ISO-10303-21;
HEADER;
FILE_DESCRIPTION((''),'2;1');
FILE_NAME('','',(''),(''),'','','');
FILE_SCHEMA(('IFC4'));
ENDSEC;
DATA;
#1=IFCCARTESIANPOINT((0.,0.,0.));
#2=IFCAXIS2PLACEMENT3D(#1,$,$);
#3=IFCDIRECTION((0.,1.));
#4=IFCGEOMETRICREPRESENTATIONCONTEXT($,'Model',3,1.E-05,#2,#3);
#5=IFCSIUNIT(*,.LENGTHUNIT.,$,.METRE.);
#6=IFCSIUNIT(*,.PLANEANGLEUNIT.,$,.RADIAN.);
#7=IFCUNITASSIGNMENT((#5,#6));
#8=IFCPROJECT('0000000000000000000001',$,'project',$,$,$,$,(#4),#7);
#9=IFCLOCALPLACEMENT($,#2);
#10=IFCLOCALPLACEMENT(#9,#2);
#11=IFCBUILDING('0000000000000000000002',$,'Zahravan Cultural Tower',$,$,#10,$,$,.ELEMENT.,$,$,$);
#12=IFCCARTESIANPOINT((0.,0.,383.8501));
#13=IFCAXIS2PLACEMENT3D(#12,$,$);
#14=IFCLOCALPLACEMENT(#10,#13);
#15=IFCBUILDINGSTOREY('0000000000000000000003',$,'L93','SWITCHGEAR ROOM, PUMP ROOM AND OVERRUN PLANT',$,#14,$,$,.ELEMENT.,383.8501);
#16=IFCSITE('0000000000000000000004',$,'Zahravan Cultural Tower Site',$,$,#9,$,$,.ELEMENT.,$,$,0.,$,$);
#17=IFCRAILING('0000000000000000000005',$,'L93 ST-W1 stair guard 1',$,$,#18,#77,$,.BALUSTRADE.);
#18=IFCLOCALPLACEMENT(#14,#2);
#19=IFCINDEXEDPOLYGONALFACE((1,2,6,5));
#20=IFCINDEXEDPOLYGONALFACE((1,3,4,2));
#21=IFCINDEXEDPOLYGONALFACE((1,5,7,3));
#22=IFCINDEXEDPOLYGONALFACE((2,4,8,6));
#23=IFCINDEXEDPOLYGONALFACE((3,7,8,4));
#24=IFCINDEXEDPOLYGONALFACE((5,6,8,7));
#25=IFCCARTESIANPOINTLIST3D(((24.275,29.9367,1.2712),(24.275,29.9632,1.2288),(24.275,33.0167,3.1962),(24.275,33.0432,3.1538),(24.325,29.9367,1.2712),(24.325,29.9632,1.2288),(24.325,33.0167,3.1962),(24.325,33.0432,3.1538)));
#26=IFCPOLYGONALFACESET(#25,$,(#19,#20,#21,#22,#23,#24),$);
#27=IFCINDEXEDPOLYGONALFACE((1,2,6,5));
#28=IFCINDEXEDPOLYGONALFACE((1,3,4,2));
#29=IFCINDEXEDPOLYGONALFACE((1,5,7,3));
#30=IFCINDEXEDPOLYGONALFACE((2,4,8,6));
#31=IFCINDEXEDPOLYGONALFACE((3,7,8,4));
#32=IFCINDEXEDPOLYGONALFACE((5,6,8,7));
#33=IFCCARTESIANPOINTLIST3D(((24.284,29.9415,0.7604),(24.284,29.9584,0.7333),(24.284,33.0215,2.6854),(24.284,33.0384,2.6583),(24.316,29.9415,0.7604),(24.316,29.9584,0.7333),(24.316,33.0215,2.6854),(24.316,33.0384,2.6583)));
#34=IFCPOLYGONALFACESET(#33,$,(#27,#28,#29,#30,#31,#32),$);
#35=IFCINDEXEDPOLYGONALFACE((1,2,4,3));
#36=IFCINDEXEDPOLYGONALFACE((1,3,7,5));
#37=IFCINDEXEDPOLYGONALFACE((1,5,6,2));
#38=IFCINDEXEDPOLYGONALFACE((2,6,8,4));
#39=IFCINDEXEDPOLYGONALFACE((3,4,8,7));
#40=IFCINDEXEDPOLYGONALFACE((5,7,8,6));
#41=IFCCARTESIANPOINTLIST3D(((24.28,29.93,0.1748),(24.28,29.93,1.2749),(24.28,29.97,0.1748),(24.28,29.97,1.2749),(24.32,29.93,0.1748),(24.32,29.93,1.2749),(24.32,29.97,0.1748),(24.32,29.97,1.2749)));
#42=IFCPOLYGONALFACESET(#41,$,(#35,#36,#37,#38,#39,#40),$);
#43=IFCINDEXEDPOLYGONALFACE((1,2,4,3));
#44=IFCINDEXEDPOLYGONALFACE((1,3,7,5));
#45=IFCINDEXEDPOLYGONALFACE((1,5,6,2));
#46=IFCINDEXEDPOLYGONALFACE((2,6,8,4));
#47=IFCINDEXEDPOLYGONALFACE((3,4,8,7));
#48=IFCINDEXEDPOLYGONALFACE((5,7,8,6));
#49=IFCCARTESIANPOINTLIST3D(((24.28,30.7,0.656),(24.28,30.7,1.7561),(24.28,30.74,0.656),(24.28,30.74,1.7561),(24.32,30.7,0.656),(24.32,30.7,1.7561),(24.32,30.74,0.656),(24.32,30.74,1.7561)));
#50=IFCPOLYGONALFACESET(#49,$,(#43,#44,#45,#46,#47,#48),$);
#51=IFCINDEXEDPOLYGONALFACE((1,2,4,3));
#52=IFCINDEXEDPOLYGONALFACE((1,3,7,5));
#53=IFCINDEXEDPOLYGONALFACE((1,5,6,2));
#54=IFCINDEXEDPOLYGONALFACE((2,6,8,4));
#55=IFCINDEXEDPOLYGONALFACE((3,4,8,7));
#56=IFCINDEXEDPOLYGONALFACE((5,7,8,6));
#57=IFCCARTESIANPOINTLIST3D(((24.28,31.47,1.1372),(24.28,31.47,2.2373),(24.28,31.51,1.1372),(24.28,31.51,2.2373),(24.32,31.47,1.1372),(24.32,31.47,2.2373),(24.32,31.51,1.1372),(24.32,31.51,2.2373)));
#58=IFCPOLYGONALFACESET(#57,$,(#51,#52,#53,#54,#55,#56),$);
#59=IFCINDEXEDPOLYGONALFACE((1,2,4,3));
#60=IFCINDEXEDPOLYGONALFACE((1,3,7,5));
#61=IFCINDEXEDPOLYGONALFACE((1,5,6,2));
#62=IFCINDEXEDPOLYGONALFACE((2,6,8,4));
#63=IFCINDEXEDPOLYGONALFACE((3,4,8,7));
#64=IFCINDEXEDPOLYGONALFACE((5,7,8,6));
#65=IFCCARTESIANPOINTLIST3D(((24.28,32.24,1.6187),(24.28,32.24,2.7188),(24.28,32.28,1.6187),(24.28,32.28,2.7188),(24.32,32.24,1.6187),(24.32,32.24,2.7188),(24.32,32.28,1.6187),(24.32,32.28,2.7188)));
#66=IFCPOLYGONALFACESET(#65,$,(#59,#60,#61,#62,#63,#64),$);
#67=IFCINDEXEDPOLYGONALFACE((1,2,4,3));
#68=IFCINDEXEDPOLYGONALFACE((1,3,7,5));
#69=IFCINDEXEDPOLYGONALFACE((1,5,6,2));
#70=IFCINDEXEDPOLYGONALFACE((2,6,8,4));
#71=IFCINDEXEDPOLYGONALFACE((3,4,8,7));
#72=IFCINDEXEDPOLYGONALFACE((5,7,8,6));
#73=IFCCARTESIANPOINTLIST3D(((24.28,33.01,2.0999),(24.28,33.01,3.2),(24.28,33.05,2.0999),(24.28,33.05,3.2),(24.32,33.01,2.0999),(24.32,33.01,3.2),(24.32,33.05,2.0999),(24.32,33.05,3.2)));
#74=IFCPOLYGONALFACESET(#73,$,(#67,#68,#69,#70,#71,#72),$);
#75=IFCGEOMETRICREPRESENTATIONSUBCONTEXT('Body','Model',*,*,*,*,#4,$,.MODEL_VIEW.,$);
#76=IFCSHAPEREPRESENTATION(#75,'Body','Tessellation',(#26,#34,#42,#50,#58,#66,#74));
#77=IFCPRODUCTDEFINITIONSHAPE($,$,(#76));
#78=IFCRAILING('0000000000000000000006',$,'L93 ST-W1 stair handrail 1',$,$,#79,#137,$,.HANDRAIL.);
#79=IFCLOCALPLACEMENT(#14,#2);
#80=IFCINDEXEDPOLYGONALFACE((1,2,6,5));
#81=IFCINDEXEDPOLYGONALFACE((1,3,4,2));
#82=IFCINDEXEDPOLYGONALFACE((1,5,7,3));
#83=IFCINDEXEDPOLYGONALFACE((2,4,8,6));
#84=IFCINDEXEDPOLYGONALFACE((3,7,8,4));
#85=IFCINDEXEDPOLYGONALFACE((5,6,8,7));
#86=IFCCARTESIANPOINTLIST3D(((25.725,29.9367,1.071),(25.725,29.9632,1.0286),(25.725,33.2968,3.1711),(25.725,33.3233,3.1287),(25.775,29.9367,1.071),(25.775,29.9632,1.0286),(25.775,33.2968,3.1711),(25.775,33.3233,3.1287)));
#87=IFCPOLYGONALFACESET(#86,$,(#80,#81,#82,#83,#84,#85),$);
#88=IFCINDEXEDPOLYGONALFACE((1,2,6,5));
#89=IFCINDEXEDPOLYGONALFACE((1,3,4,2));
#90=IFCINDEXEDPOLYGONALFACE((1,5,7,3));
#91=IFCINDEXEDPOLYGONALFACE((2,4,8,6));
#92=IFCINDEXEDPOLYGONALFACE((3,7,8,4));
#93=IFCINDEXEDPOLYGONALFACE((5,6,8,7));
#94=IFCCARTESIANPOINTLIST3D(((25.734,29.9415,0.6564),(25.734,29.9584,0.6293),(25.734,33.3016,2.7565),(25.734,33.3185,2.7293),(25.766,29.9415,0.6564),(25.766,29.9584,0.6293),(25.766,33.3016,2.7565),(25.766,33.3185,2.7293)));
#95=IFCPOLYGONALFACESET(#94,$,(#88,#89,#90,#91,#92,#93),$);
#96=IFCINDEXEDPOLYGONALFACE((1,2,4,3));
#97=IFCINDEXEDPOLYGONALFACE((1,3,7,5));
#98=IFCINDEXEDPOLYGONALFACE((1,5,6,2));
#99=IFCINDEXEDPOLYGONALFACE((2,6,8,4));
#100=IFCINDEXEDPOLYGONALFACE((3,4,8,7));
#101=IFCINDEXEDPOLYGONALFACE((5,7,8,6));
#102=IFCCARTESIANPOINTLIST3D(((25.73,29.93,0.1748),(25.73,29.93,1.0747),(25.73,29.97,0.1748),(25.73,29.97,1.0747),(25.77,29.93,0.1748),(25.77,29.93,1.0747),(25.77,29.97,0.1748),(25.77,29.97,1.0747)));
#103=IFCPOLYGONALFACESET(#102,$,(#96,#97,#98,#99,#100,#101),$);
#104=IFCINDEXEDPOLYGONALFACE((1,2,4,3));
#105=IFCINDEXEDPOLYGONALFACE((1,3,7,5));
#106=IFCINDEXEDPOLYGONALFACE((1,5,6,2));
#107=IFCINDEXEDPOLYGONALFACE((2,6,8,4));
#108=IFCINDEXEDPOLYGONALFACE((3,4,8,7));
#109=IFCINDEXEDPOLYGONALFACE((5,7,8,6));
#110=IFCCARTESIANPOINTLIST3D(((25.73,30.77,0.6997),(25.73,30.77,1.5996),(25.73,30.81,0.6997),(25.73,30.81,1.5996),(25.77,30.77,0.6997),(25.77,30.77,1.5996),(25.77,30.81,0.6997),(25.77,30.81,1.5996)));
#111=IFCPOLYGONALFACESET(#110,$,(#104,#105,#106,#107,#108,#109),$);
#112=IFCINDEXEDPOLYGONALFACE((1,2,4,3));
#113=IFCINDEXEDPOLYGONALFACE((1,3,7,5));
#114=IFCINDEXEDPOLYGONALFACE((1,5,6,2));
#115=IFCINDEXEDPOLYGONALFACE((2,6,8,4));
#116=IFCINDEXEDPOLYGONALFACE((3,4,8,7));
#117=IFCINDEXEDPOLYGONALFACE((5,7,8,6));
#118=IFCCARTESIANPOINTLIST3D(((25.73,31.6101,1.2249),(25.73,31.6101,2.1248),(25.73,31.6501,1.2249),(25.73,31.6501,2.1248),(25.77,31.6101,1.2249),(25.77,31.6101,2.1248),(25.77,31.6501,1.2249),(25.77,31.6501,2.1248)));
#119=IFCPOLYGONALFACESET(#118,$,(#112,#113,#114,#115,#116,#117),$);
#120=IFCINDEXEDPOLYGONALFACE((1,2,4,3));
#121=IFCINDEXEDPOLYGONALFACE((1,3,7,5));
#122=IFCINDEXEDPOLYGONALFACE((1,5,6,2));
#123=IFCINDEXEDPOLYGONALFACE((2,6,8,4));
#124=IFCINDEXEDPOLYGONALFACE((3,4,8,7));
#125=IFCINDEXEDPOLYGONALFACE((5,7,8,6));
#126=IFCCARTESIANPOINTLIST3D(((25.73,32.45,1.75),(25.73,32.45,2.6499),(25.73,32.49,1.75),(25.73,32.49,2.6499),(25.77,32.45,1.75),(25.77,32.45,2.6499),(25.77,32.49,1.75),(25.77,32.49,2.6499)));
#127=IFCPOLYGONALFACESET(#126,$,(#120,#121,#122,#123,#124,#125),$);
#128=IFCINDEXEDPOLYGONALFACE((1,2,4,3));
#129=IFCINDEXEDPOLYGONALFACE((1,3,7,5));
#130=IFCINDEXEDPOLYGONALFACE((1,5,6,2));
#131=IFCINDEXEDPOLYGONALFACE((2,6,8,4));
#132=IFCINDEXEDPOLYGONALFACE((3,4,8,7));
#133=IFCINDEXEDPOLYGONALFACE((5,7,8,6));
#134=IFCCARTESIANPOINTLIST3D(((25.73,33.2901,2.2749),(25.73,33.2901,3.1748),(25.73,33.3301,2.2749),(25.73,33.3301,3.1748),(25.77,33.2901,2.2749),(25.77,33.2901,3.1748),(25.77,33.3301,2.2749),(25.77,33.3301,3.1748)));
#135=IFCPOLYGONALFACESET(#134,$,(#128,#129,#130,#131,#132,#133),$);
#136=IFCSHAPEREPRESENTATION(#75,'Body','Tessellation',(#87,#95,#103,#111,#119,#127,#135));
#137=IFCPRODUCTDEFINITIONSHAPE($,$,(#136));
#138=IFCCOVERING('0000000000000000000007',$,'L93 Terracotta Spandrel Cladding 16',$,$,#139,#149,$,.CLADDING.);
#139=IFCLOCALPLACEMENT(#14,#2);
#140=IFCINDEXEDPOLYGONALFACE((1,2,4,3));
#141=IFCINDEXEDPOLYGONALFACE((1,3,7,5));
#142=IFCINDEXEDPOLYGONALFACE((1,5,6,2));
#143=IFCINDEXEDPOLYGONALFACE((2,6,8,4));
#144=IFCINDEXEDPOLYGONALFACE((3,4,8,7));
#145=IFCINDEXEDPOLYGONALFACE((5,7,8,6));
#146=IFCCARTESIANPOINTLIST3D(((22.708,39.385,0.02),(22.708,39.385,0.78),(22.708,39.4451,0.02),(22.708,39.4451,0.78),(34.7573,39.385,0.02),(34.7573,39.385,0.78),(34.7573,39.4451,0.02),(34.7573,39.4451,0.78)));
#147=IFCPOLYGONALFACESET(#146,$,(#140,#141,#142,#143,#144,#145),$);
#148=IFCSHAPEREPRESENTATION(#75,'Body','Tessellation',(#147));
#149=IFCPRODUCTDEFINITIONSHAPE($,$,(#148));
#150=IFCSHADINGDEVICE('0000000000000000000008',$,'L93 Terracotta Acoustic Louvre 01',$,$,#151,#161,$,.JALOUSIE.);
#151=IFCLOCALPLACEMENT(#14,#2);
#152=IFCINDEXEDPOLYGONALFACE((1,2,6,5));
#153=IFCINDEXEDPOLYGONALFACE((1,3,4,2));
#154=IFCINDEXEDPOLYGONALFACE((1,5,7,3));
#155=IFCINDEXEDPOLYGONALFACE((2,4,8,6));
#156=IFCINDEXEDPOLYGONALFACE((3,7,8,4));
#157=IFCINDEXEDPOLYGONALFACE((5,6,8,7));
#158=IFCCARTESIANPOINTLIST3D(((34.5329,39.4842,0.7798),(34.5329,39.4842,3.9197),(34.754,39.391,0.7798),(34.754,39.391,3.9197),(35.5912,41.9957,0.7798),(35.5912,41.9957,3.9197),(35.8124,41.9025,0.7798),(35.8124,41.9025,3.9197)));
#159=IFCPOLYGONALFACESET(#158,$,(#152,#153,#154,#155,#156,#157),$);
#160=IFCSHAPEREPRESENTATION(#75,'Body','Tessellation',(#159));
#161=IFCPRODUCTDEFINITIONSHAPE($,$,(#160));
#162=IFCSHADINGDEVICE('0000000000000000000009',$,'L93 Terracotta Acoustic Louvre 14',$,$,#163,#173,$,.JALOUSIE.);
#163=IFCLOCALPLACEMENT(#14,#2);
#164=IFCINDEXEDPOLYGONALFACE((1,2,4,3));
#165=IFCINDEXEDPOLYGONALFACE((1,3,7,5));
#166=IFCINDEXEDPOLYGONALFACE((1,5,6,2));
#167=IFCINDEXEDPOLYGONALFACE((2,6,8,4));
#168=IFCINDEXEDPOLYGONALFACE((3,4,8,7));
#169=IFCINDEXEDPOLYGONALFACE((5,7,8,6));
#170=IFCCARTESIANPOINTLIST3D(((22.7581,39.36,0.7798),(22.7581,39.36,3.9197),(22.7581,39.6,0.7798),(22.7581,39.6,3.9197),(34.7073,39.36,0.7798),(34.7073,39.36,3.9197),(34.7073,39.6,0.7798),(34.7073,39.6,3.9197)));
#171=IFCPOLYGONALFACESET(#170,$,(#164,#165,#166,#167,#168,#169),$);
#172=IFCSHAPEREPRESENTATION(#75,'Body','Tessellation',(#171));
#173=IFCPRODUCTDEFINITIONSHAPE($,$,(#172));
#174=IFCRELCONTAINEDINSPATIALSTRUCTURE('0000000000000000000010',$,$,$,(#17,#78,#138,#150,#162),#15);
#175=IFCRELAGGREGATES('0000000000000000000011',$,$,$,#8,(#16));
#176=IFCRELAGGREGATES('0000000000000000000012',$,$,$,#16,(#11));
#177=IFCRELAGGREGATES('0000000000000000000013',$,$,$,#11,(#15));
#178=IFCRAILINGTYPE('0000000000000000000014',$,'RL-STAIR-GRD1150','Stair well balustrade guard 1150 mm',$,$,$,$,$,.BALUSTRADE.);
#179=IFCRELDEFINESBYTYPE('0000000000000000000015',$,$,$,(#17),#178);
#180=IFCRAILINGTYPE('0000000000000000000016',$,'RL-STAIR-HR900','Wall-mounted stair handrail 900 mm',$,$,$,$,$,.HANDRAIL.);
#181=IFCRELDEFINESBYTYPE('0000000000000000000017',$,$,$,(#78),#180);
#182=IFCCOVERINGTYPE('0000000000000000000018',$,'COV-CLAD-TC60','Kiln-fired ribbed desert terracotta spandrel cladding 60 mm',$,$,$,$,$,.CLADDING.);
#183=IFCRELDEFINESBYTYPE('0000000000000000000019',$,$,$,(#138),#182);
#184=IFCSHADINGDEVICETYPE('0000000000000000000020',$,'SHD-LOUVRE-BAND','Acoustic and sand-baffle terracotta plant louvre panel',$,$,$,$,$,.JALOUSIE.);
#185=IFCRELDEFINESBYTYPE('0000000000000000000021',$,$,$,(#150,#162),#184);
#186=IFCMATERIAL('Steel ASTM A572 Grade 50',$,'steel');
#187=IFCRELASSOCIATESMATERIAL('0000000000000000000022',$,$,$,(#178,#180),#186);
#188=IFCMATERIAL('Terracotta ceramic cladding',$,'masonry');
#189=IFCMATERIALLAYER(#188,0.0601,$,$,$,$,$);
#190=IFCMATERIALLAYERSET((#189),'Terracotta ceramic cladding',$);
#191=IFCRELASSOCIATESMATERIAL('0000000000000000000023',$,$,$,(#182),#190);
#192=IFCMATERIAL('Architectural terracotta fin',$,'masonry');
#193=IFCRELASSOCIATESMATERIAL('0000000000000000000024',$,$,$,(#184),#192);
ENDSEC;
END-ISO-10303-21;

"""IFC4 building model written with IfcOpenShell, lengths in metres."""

from ifc_helpers import new_model, si_unit, direction, frame, origin, origin_2d, place, context, subcontext, project, spatial, rectangle, extrude, source, transform, mapped, material, layer, layer_set, type_object, element, save


model = new_model("IFC4")

# Units and contexts
model_context = context("Model", 3, precision=1e-05, world=origin(), true_north=direction((0.0, 1.0)))
body_context = subcontext(model_context, "Body", "Model", "MODEL_VIEW")
ifc_project = project(units=[si_unit("LENGTHUNIT", "METRE"), si_unit("PLANEANGLEUNIT", "RADIAN")], contexts=[model_context])

# Site, building, storey
site_placement = place(None, origin())
site = spatial("IfcSite", under=ifc_project, at=site_placement, Name="Zahravan Cultural Tower Site", CompositionType="ELEMENT", RefElevation=0.0)
building_placement = place(site_placement, origin())
building = spatial("IfcBuilding", under=site, at=building_placement, Name="Zahravan Cultural Tower", CompositionType="ELEMENT")
storey_placement = place(building_placement, frame((0.0, 0.0, 383.8501)))
storey = spatial("IfcBuildingStorey", under=building, at=storey_placement, Name="L93", Description="SWITCHGEAR ROOM, PUMP ROOM AND OVERRUN PLANT", CompositionType="ELEMENT", Elevation=383.8501)

# Shared definitions
ifc_material_1 = material(Name="Steel ASTM A572 Grade 50", Category="steel")

# Railings
railing_type_1 = type_object("IfcRailingType", Name="RL-STAIR-GRD1150", Description="Stair well balustrade guard 1150 mm", PredefinedType="BALUSTRADE", material=ifc_material_1)
railing_1_placement = place(storey_placement, frame((24.3, 29.95, 0.1748)))
element("IfcRailing", 1, at=railing_1_placement, inside=storey, type_object=railing_type_1, Name="L93 ST-W1 stair guard 1", PredefinedType="BALUSTRADE", context=body_context, shape_type="SweptSolid", body=[
    extrude(rectangle(XDim=0.05, YDim=0.05, at=origin_2d()), frame((0.0, 0.0, 1.0752), z_axis=(0.0, 0.847998, 0.529999), x_axis=(-1.0, 0.0, 0.0)), (0.0, 0.0, 1.0), 3.6321),
    extrude(rectangle(XDim=0.032, YDim=0.032, at=origin_2d()), frame((0.0, 0.0, 0.572), z_axis=(0.0, 0.847998, 0.529999), x_axis=(-1.0, 0.0, 0.0)), (0.0, 0.0, 1.0), 3.6321),
    extrude(rectangle(XDim=0.04, YDim=0.04, at=origin_2d()), origin(), (0.0, 0.0, 1.0), 1.1001),
    extrude(rectangle(XDim=0.04, YDim=0.04, at=origin_2d()), frame((0.0, 0.77, 0.4812)), (0.0, 0.0, 1.0), 1.1001),
    extrude(rectangle(XDim=0.04, YDim=0.04, at=origin_2d()), frame((0.0, 1.54, 0.9624)), (0.0, 0.0, 1.0), 1.1001),
    extrude(rectangle(XDim=0.04, YDim=0.04, at=origin_2d()), frame((0.0, 2.3101, 1.4438)), (0.0, 0.0, 1.0), 1.1001),
    extrude(rectangle(XDim=0.04, YDim=0.04, at=origin_2d()), frame((0.0, 3.0801, 1.925)), (0.0, 0.0, 1.0), 1.1001),
])
railing_type_2 = type_object("IfcRailingType", Name="RL-STAIR-HR900", Description="Wall-mounted stair handrail 900 mm", PredefinedType="HANDRAIL", material=ifc_material_1)
railing_2_placement = place(storey_placement, frame((25.75, 29.95, 0.1748)))
element("IfcRailing", 2, at=railing_2_placement, inside=storey, type_object=railing_type_2, Name="L93 ST-W1 stair handrail 1", PredefinedType="HANDRAIL", context=body_context, shape_type="SweptSolid", body=[
    extrude(rectangle(XDim=0.05, YDim=0.05, at=origin_2d()), frame((0.0, 0.0, 0.875), z_axis=(0.0, 0.847995, 0.530004), x_axis=(-1.0, 0.0, 0.0)), (0.0, 0.0, 1.0), 3.9624),
    extrude(rectangle(XDim=0.032, YDim=0.032, at=origin_2d()), frame((0.0, 0.0, 0.468), z_axis=(0.0, 0.847995, 0.530004), x_axis=(-1.0, 0.0, 0.0)), (0.0, 0.0, 1.0), 3.9624),
    extrude(rectangle(XDim=0.04, YDim=0.04, at=origin_2d()), origin(), (0.0, 0.0, 1.0), 0.8999),
    extrude(rectangle(XDim=0.04, YDim=0.04, at=origin_2d()), frame((0.0, 0.8401, 0.5249)), (0.0, 0.0, 1.0), 0.8999),
    extrude(rectangle(XDim=0.04, YDim=0.04, at=origin_2d()), frame((0.0, 1.6802, 1.05)), (0.0, 0.0, 1.0), 0.8999),
    extrude(rectangle(XDim=0.04, YDim=0.04, at=origin_2d()), frame((0.0, 2.52, 1.5752)), (0.0, 0.0, 1.0), 0.8999),
    extrude(rectangle(XDim=0.04, YDim=0.04, at=origin_2d()), frame((0.0, 3.3601, 2.1001)), (0.0, 0.0, 1.0), 0.8999),
])

# Covering
ifc_material_2 = material(Name="Terracotta ceramic cladding", Category="masonry")
ifc_layer_1 = layer(ifc_material_2, 0.0601)
ifc_layer_set_1 = layer_set([ifc_layer_1], Name="Terracotta ceramic cladding")
covering_type = type_object("IfcCoveringType", Name="COV-CLAD-TC60", Description="Kiln-fired ribbed desert terracotta spandrel cladding 60 mm", PredefinedType="CLADDING", material=ifc_layer_set_1)
shared_shape_1 = source(origin(), body_context, "Body", "SweptSolid", [
    extrude(rectangle(XDim=12.0493, YDim=0.0601, at=origin_2d()), origin(), (0.0, 0.0, 1.0), 0.76),
])
covering_placement = place(storey_placement, frame((28.7327, 39.415, 0.02), z_axis=(0.0, 0.0, 1.0), x_axis=(1.0, 0.0, 0.0)))
element("IfcCovering", 3, at=covering_placement, inside=storey, type_object=covering_type, Name="L93 Terracotta Spandrel Cladding 16", PredefinedType="CLADDING", context=body_context, shape_type="MappedRepresentation", body=[
    mapped(shared_shape_1, transform((0.0, 0.0, 0.0), x_axis=(1.0, 0.0, 0.0), y_axis=(0.0, 1.0, 0.0), z_axis=(0.0, 0.0, 1.0), scale=1.0)),
])

# Shading devices
ifc_material_3 = material(Name="Architectural terracotta fin", Category="masonry")
shading_device_type = type_object("IfcShadingDeviceType", Name="SHD-LOUVRE-BAND", Description="Acoustic and sand-baffle terracotta plant louvre panel", PredefinedType="JALOUSIE", material=ifc_material_3)
shared_shape_2 = source(origin(), body_context, "Body", "SweptSolid", [
    extrude(rectangle(XDim=2.7253, YDim=0.24, at=origin_2d()), origin(), (0.0, 0.0, 1.0), 3.1399),
])
shading_device_1_placement = place(storey_placement, frame((35.1726, 40.6934, 0.7798), z_axis=(0.0, 0.0, 1.0), x_axis=(0.388336, 0.921518, 0.0)))
element("IfcShadingDevice", 4, at=shading_device_1_placement, inside=storey, type_object=shading_device_type, Name="L93 Terracotta Acoustic Louvre 01", PredefinedType="JALOUSIE", context=body_context, shape_type="MappedRepresentation", body=[
    mapped(shared_shape_2, transform((0.0, 0.0, 0.0), x_axis=(1.0, 0.0, 0.0), y_axis=(0.0, 1.0, 0.0), z_axis=(0.0, 0.0, 1.0), scale=1.0)),
])
shared_shape_3 = source(origin(), body_context, "Body", "SweptSolid", [
    extrude(rectangle(XDim=11.9492, YDim=0.24, at=origin_2d()), origin(), (0.0, 0.0, 1.0), 3.1399),
])
shading_device_2_placement = place(storey_placement, frame((28.7327, 39.48, 0.7798), z_axis=(0.0, 0.0, 1.0), x_axis=(1.0, 0.0, 0.0)))
element("IfcShadingDevice", 5, at=shading_device_2_placement, inside=storey, type_object=shading_device_type, Name="L93 Terracotta Acoustic Louvre 14", PredefinedType="JALOUSIE", context=body_context, shape_type="MappedRepresentation", body=[
    mapped(shared_shape_3, transform((0.0, 0.0, 0.0), x_axis=(1.0, 0.0, 0.0), y_axis=(0.0, 1.0, 0.0), z_axis=(0.0, 0.0, 1.0), scale=1.0)),
])

save(model, "model.ifc")
